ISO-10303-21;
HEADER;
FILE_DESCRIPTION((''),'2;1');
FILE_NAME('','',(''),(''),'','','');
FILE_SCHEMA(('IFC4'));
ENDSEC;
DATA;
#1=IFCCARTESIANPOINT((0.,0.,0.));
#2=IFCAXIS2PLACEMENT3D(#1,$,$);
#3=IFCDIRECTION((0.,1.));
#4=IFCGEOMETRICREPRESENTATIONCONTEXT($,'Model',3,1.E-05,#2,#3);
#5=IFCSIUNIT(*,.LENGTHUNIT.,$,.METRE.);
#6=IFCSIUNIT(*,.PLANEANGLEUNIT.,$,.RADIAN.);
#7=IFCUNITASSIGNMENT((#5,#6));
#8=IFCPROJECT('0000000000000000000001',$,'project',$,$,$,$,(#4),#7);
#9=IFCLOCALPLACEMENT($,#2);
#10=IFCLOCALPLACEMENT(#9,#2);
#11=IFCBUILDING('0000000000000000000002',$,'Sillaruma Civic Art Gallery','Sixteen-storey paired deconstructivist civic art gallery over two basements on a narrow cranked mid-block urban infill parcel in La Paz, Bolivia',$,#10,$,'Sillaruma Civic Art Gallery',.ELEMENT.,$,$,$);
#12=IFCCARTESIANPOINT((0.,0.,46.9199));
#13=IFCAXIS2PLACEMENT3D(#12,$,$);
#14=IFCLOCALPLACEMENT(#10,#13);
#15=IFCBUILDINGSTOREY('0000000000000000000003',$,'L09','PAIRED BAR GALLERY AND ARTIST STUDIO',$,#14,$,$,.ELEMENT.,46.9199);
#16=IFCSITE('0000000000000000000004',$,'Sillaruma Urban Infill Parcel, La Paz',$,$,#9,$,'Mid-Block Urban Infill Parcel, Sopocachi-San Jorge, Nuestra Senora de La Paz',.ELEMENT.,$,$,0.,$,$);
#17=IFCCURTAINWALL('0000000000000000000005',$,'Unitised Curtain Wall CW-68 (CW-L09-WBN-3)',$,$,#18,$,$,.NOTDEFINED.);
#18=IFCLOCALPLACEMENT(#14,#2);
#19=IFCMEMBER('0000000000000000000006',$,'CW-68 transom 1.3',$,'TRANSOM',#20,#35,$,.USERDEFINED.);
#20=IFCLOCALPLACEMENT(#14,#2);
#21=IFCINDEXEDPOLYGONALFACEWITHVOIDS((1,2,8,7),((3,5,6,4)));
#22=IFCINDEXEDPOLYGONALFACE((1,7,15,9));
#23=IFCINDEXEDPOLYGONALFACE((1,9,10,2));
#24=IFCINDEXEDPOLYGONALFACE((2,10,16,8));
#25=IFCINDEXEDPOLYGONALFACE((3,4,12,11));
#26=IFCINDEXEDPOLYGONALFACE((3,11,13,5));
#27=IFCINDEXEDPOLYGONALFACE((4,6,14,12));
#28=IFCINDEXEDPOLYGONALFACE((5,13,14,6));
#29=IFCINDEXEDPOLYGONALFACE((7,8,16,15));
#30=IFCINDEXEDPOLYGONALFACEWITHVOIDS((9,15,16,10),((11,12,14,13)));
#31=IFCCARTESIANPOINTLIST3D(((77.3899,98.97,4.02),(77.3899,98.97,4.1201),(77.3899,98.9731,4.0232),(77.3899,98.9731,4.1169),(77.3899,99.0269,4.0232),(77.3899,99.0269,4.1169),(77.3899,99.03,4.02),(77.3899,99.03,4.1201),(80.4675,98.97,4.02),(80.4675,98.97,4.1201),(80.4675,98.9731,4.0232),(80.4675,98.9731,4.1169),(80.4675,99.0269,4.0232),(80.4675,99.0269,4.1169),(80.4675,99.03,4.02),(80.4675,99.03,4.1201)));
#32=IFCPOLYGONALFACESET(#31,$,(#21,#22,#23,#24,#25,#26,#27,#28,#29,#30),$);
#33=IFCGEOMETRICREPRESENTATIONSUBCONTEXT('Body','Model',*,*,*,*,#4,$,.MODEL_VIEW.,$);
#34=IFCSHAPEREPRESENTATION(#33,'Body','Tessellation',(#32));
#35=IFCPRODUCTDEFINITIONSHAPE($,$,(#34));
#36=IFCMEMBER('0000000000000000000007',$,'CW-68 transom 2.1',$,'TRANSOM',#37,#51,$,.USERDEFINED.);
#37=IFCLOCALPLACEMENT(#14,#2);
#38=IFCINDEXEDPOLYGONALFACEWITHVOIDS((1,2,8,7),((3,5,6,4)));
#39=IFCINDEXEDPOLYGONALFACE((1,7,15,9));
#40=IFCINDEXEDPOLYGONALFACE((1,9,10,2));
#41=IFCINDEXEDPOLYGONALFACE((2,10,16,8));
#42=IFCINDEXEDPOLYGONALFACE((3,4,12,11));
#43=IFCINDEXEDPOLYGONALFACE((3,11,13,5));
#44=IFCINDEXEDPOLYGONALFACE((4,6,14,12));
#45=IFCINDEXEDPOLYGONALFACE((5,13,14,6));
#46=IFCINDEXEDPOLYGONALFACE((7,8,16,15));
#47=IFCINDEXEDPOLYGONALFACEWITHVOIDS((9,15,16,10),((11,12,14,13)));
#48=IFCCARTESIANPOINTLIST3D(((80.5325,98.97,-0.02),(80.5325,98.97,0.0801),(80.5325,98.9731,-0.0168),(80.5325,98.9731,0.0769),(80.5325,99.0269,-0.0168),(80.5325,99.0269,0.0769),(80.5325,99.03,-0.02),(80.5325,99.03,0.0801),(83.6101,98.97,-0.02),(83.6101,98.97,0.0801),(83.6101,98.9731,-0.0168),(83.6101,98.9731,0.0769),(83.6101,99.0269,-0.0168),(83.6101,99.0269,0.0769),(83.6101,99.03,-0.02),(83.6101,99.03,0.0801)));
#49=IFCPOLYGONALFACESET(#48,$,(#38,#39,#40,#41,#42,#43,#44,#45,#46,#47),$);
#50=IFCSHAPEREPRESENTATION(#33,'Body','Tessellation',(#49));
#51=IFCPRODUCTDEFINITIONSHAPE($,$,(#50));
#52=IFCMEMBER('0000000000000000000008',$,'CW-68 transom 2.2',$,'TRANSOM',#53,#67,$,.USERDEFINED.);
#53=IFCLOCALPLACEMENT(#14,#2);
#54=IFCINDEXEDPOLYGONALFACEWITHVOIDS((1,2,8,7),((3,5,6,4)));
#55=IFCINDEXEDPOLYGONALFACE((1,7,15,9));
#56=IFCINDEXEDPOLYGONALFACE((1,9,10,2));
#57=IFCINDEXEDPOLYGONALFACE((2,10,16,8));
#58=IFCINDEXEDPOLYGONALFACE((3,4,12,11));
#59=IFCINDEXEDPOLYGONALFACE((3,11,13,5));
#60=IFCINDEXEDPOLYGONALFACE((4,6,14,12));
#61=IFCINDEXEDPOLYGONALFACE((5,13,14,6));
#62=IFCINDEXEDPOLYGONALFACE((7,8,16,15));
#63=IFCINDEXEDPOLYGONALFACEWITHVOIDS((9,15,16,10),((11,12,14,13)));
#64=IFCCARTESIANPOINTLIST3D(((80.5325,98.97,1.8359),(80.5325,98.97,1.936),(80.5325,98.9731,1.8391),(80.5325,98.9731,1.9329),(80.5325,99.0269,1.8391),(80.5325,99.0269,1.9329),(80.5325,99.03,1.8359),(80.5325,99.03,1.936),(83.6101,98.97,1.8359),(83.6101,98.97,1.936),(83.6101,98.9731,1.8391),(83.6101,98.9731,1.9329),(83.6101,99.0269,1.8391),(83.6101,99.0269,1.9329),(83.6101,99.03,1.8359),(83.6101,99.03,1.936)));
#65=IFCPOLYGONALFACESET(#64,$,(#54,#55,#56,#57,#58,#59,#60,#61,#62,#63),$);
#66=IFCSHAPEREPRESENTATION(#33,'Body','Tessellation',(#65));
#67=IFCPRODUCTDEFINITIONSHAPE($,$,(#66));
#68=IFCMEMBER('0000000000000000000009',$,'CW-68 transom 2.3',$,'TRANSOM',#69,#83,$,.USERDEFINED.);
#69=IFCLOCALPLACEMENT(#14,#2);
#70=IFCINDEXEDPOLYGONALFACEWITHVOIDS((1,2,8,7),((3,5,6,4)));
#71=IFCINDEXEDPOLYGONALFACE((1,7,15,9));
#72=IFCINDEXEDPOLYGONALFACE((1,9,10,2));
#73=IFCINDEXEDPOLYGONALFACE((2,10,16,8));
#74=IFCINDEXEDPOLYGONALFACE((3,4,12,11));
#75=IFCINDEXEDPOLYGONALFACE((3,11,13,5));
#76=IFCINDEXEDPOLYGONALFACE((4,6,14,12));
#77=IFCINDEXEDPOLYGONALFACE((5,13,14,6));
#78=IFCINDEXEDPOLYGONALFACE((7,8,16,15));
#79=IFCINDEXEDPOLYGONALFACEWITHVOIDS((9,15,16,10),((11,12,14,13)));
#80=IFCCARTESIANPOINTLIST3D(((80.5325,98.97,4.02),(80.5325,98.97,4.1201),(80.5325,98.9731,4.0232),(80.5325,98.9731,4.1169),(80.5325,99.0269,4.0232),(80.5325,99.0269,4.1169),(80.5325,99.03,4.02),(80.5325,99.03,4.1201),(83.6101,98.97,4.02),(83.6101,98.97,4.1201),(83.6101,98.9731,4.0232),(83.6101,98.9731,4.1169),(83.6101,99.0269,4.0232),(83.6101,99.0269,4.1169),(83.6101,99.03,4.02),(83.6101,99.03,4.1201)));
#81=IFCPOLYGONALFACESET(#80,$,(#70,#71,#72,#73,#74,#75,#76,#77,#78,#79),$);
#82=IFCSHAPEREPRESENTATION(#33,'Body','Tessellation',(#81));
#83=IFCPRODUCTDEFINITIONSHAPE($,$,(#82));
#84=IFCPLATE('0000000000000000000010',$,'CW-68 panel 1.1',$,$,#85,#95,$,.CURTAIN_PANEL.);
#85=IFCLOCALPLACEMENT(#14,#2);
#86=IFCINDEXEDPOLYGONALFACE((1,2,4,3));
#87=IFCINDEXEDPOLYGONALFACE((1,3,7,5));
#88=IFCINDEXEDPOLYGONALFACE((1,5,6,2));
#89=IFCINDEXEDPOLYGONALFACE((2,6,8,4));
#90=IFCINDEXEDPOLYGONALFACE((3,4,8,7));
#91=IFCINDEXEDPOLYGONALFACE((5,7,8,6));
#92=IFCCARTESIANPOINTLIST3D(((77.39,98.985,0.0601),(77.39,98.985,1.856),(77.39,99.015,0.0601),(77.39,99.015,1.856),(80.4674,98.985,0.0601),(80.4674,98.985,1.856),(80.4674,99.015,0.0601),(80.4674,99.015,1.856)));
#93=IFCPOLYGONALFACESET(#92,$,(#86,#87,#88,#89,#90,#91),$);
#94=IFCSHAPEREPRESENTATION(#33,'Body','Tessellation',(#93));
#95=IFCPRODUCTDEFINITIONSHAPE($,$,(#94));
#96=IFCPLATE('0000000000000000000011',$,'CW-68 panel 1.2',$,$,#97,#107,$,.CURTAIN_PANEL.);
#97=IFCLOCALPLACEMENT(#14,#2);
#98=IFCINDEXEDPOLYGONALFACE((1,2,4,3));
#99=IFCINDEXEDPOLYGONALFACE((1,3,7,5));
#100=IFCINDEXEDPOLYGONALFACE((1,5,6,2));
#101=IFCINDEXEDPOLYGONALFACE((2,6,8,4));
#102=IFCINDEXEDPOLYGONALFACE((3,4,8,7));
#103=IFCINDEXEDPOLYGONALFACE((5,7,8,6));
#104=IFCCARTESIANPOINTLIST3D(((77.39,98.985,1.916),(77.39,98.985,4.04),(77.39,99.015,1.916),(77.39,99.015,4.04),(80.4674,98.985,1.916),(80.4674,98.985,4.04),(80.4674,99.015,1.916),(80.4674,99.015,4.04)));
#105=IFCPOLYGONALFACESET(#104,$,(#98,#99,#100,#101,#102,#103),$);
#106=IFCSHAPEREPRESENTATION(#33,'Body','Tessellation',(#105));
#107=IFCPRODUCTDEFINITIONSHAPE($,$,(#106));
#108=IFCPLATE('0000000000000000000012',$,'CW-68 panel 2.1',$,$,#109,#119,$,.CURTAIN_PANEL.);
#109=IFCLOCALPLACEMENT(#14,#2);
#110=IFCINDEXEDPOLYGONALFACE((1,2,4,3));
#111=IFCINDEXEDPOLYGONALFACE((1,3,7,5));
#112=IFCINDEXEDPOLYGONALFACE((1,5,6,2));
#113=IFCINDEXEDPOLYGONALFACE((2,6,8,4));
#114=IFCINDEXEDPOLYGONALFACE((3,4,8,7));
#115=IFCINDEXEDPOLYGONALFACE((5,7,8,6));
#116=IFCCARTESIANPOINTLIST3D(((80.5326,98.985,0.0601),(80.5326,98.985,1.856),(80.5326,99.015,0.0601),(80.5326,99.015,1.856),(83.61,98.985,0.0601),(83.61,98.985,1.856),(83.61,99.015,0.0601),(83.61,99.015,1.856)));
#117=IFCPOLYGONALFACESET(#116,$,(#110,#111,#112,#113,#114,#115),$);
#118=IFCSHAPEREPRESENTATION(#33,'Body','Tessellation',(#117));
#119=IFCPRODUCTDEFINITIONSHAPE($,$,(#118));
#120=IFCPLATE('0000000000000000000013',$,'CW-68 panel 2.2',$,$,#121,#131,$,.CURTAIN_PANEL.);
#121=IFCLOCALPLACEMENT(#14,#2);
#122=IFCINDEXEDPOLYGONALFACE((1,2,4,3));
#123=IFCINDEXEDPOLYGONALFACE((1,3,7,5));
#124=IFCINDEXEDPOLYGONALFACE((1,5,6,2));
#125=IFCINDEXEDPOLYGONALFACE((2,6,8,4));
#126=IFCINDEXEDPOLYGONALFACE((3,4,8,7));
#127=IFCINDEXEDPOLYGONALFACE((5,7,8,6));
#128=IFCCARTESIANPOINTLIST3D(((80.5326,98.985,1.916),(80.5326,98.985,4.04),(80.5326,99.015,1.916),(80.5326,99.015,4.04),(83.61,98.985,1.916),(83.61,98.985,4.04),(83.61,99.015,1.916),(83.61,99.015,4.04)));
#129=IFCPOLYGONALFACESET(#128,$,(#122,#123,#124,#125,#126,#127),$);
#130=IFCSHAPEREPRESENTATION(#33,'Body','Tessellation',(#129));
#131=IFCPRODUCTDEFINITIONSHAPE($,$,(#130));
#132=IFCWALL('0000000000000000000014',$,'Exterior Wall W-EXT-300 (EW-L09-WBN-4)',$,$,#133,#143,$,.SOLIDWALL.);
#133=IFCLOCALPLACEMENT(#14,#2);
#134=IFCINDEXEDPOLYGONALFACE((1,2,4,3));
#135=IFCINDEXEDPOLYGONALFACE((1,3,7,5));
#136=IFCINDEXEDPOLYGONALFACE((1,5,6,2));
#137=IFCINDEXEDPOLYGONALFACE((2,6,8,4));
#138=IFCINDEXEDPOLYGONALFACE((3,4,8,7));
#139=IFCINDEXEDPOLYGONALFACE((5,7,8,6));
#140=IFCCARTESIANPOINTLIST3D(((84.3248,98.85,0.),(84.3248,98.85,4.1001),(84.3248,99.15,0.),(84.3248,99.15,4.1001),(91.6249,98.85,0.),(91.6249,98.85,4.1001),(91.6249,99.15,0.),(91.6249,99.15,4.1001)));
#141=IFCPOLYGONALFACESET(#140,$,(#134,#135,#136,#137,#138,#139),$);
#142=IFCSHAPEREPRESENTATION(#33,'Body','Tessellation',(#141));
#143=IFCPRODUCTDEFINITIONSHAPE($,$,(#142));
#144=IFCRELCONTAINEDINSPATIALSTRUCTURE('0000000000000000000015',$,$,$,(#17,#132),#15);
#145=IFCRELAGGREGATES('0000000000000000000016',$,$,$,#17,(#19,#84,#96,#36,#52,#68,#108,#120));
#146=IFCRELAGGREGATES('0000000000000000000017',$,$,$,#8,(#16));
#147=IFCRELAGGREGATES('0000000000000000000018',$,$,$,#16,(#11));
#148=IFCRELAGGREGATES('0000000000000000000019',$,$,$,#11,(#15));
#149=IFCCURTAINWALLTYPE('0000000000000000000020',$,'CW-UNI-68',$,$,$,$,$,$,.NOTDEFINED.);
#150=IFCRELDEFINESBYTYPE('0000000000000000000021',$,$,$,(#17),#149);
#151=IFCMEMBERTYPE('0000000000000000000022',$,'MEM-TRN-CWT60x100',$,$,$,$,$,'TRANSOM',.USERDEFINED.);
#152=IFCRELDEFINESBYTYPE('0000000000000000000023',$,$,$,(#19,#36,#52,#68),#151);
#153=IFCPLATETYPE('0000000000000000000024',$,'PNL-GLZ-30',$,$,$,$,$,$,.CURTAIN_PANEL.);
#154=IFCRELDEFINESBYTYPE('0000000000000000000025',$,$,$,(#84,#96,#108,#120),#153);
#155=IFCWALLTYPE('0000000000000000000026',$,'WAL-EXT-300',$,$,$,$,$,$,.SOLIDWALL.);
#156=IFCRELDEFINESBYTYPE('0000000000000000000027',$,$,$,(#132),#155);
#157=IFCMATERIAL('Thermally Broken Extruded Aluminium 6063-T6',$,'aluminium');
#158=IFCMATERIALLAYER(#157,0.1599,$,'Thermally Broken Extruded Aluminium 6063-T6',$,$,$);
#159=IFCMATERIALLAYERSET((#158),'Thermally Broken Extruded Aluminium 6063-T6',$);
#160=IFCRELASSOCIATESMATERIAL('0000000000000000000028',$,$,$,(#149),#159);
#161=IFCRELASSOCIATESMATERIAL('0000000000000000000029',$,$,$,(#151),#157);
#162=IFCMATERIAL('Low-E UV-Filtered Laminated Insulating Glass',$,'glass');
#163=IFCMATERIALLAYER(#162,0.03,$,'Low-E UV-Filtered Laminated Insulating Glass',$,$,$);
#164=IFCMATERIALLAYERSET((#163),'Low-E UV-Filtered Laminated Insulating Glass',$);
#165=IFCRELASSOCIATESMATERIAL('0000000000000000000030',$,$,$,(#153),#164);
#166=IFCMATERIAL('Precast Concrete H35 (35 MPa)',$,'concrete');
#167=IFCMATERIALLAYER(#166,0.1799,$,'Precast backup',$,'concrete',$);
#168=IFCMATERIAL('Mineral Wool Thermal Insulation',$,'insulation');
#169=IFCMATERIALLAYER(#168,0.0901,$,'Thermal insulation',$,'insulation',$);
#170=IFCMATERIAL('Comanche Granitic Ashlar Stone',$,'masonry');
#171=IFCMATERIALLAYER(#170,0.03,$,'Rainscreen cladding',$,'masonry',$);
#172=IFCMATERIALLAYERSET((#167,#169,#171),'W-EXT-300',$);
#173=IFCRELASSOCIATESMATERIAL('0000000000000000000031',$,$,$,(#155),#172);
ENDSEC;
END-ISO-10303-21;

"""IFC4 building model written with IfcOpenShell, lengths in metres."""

from ifc_helpers import new_model, si_unit, direction, frame, frame_2d, origin, origin_2d, place, context, subcontext, project, spatial, rectangle, hollow_rectangle, extrude, material, layer, layer_set, material_profile, profile_set, type_object, element, aggregate, save


model = new_model("IFC4")

# Units and contexts
model_context = context("Model", 3, precision=1e-05, world=origin(), true_north=direction((0.0, 1.0)))
body_context = subcontext(model_context, "Body", "Model", "MODEL_VIEW")
ifc_project = project(units=[si_unit("LENGTHUNIT", "METRE"), si_unit("PLANEANGLEUNIT", "RADIAN")], contexts=[model_context])

# Site, building, storey
site_placement = place(None, origin())
site = spatial("IfcSite", under=ifc_project, at=site_placement, Name="Sillaruma Urban Infill Parcel, La Paz", LongName="Mid-Block Urban Infill Parcel, Sopocachi-San Jorge, Nuestra Senora de La Paz", CompositionType="ELEMENT", RefElevation=0.0)
building_placement = place(site_placement, origin())
building = spatial("IfcBuilding", under=site, at=building_placement, Name="Sillaruma Civic Art Gallery", Description="Sixteen-storey paired deconstructivist civic art gallery over two basements on a narrow cranked mid-block urban infill parcel in La Paz, Bolivia", LongName="Sillaruma Civic Art Gallery", CompositionType="ELEMENT")
storey_placement = place(building_placement, frame((0.0, 0.0, 46.9199)))
storey = spatial("IfcBuildingStorey", under=building, at=storey_placement, Name="L09", Description="PAIRED BAR GALLERY AND ARTIST STUDIO", CompositionType="ELEMENT", Elevation=46.9199)

# Curtain wall, members, plates
ifc_material_1 = material(Name="Thermally Broken Extruded Aluminium 6063-T6", Category="aluminium")
ifc_layer_1 = layer(ifc_material_1, 0.1599, Name="Thermally Broken Extruded Aluminium 6063-T6")
ifc_layer_set_1 = layer_set([ifc_layer_1], Name="Thermally Broken Extruded Aluminium 6063-T6")
curtain_wall_type = type_object("IfcCurtainWallType", Name="CW-UNI-68", PredefinedType="NOTDEFINED", material=ifc_layer_set_1)
curtain_wall_placement = place(storey_placement, origin())
curtain_wall = element("IfcCurtainWall", 1, at=curtain_wall_placement, inside=storey, type_object=curtain_wall_type, Name="Unitised Curtain Wall CW-68 (CW-L09-WBN-3)", PredefinedType="NOTDEFINED")
ifc_material_profile_1 = material_profile(ifc_material_1, hollow_rectangle(XDim=0.0601, YDim=0.1001, WallThickness=0.0032, at=origin_2d()), Name="CWT60x100")
ifc_profile_set_1 = profile_set([ifc_material_profile_1], Name="Thermally Broken Extruded Aluminium 6063-T6")
member_type_1 = type_object("IfcMemberType", Name="MEM-TRN-CWT60x100", ElementType="TRANSOM", PredefinedType="USERDEFINED", material=ifc_profile_set_1)
member_1_placement = place(storey_placement, frame((77.3899, 99.0, 4.0701), z_axis=(1.0, 0.0, 0.0), x_axis=(0.0, 1.0, 0.0)))
member_1 = element("IfcMember", 2, at=member_1_placement, type_object=member_type_1, Name="CW-68 transom 1.3", ObjectType="TRANSOM", PredefinedType="USERDEFINED", context=body_context, shape_type="SweptSolid", body=[
    extrude(hollow_rectangle(XDim=0.0601, YDim=0.1001, WallThickness=0.0032, at=origin_2d()), origin(), (0.0, 0.0, 1.0), 3.0776),
])
member_2_placement = place(storey_placement, frame((80.5325, 99.0, 0.03), z_axis=(1.0, 0.0, 0.0), x_axis=(0.0, 1.0, 0.0)))
member_2 = element("IfcMember", 3, at=member_2_placement, type_object=member_type_1, Name="CW-68 transom 2.1", ObjectType="TRANSOM", PredefinedType="USERDEFINED", context=body_context, shape_type="SweptSolid", body=[
    extrude(hollow_rectangle(XDim=0.0601, YDim=0.1001, WallThickness=0.0032, at=origin_2d()), origin(), (0.0, 0.0, 1.0), 3.0776),
])
member_3_placement = place(storey_placement, frame((80.5325, 99.0, 1.886), z_axis=(1.0, 0.0, 0.0), x_axis=(0.0, 1.0, 0.0)))
member_3 = element("IfcMember", 4, at=member_3_placement, type_object=member_type_1, Name="CW-68 transom 2.2", ObjectType="TRANSOM", PredefinedType="USERDEFINED", context=body_context, shape_type="SweptSolid", body=[
    extrude(hollow_rectangle(XDim=0.0601, YDim=0.1001, WallThickness=0.0032, at=origin_2d()), origin(), (0.0, 0.0, 1.0), 3.0776),
])
member_4_placement = place(storey_placement, frame((80.5325, 99.0, 4.0701), z_axis=(1.0, 0.0, 0.0), x_axis=(0.0, 1.0, 0.0)))
member_4 = element("IfcMember", 5, at=member_4_placement, type_object=member_type_1, Name="CW-68 transom 2.3", ObjectType="TRANSOM", PredefinedType="USERDEFINED", context=body_context, shape_type="SweptSolid", body=[
    extrude(hollow_rectangle(XDim=0.0601, YDim=0.1001, WallThickness=0.0032, at=origin_2d()), origin(), (0.0, 0.0, 1.0), 3.0776),
])
ifc_material_2 = material(Name="Low-E UV-Filtered Laminated Insulating Glass", Category="glass")
ifc_layer_2 = layer(ifc_material_2, 0.03, Name="Low-E UV-Filtered Laminated Insulating Glass")
ifc_layer_set_2 = layer_set([ifc_layer_2], Name="Low-E UV-Filtered Laminated Insulating Glass")
plate_type = type_object("IfcPlateType", Name="PNL-GLZ-30", PredefinedType="CURTAIN_PANEL", material=ifc_layer_set_2)
plate_1_placement = place(storey_placement, frame((78.9287, 99.0, 0.0601), z_axis=(0.0, 0.0, 1.0), x_axis=(1.0, 0.0, 0.0)))
plate_1 = element("IfcPlate", 6, at=plate_1_placement, type_object=plate_type, Name="CW-68 panel 1.1", PredefinedType="CURTAIN_PANEL", context=body_context, shape_type="SweptSolid", body=[
    extrude(rectangle(XDim=3.0774, YDim=0.03, at=origin_2d()), origin(), (0.0, 0.0, 1.0), 1.7959),
])
plate_2_placement = place(storey_placement, frame((78.9287, 99.0, 1.916), z_axis=(0.0, 0.0, 1.0), x_axis=(1.0, 0.0, 0.0)))
plate_2 = element("IfcPlate", 7, at=plate_2_placement, type_object=plate_type, Name="CW-68 panel 1.2", PredefinedType="CURTAIN_PANEL", context=body_context, shape_type="SweptSolid", body=[
    extrude(rectangle(XDim=3.0774, YDim=0.03, at=origin_2d()), origin(), (0.0, 0.0, 1.0), 2.124),
])
plate_3_placement = place(storey_placement, frame((82.0713, 99.0, 0.0601), z_axis=(0.0, 0.0, 1.0), x_axis=(1.0, 0.0, 0.0)))
plate_3 = element("IfcPlate", 8, at=plate_3_placement, type_object=plate_type, Name="CW-68 panel 2.1", PredefinedType="CURTAIN_PANEL", context=body_context, shape_type="SweptSolid", body=[
    extrude(rectangle(XDim=3.0774, YDim=0.03, at=origin_2d()), origin(), (0.0, 0.0, 1.0), 1.7959),
])
plate_4_placement = place(storey_placement, frame((82.0713, 99.0, 1.916), z_axis=(0.0, 0.0, 1.0), x_axis=(1.0, 0.0, 0.0)))
plate_4 = element("IfcPlate", 9, at=plate_4_placement, type_object=plate_type, Name="CW-68 panel 2.2", PredefinedType="CURTAIN_PANEL", context=body_context, shape_type="SweptSolid", body=[
    extrude(rectangle(XDim=3.0774, YDim=0.03, at=origin_2d()), origin(), (0.0, 0.0, 1.0), 2.124),
])
aggregate(curtain_wall, [member_1, plate_1, plate_2, member_2, member_3, member_4, plate_3, plate_4])

# Wall
ifc_material_3 = material(Name="Precast Concrete H35 (35 MPa)", Category="concrete")
ifc_layer_3 = layer(ifc_material_3, 0.1799, Name="Precast backup", Category="concrete")
ifc_material_4 = material(Name="Mineral Wool Thermal Insulation", Category="insulation")
ifc_layer_4 = layer(ifc_material_4, 0.0901, Name="Thermal insulation", Category="insulation")
ifc_material_5 = material(Name="Comanche Granitic Ashlar Stone", Category="masonry")
ifc_layer_5 = layer(ifc_material_5, 0.03, Name="Rainscreen cladding", Category="masonry")
ifc_layer_set_3 = layer_set([ifc_layer_3, ifc_layer_4, ifc_layer_5], Name="W-EXT-300")
wall_type = type_object("IfcWallType", Name="WAL-EXT-300", PredefinedType="SOLIDWALL", material=ifc_layer_set_3)
wall_placement = place(storey_placement, frame((84.325, 99.0, 0.0), z_axis=(0.0, 0.0, 1.0), x_axis=(1.0, 0.0, 0.0)))
element("IfcWall", 10, at=wall_placement, inside=storey, type_object=wall_type, Name="Exterior Wall W-EXT-300 (EW-L09-WBN-4)", PredefinedType="SOLIDWALL", context=body_context, shape_type="SweptSolid", body=[
    extrude(rectangle(XDim=7.3, YDim=0.3, at=frame_2d((3.6499, 0.0))), origin(), (0.0, 0.0, 1.0), 4.1001),
])

save(model, "model.ifc")
